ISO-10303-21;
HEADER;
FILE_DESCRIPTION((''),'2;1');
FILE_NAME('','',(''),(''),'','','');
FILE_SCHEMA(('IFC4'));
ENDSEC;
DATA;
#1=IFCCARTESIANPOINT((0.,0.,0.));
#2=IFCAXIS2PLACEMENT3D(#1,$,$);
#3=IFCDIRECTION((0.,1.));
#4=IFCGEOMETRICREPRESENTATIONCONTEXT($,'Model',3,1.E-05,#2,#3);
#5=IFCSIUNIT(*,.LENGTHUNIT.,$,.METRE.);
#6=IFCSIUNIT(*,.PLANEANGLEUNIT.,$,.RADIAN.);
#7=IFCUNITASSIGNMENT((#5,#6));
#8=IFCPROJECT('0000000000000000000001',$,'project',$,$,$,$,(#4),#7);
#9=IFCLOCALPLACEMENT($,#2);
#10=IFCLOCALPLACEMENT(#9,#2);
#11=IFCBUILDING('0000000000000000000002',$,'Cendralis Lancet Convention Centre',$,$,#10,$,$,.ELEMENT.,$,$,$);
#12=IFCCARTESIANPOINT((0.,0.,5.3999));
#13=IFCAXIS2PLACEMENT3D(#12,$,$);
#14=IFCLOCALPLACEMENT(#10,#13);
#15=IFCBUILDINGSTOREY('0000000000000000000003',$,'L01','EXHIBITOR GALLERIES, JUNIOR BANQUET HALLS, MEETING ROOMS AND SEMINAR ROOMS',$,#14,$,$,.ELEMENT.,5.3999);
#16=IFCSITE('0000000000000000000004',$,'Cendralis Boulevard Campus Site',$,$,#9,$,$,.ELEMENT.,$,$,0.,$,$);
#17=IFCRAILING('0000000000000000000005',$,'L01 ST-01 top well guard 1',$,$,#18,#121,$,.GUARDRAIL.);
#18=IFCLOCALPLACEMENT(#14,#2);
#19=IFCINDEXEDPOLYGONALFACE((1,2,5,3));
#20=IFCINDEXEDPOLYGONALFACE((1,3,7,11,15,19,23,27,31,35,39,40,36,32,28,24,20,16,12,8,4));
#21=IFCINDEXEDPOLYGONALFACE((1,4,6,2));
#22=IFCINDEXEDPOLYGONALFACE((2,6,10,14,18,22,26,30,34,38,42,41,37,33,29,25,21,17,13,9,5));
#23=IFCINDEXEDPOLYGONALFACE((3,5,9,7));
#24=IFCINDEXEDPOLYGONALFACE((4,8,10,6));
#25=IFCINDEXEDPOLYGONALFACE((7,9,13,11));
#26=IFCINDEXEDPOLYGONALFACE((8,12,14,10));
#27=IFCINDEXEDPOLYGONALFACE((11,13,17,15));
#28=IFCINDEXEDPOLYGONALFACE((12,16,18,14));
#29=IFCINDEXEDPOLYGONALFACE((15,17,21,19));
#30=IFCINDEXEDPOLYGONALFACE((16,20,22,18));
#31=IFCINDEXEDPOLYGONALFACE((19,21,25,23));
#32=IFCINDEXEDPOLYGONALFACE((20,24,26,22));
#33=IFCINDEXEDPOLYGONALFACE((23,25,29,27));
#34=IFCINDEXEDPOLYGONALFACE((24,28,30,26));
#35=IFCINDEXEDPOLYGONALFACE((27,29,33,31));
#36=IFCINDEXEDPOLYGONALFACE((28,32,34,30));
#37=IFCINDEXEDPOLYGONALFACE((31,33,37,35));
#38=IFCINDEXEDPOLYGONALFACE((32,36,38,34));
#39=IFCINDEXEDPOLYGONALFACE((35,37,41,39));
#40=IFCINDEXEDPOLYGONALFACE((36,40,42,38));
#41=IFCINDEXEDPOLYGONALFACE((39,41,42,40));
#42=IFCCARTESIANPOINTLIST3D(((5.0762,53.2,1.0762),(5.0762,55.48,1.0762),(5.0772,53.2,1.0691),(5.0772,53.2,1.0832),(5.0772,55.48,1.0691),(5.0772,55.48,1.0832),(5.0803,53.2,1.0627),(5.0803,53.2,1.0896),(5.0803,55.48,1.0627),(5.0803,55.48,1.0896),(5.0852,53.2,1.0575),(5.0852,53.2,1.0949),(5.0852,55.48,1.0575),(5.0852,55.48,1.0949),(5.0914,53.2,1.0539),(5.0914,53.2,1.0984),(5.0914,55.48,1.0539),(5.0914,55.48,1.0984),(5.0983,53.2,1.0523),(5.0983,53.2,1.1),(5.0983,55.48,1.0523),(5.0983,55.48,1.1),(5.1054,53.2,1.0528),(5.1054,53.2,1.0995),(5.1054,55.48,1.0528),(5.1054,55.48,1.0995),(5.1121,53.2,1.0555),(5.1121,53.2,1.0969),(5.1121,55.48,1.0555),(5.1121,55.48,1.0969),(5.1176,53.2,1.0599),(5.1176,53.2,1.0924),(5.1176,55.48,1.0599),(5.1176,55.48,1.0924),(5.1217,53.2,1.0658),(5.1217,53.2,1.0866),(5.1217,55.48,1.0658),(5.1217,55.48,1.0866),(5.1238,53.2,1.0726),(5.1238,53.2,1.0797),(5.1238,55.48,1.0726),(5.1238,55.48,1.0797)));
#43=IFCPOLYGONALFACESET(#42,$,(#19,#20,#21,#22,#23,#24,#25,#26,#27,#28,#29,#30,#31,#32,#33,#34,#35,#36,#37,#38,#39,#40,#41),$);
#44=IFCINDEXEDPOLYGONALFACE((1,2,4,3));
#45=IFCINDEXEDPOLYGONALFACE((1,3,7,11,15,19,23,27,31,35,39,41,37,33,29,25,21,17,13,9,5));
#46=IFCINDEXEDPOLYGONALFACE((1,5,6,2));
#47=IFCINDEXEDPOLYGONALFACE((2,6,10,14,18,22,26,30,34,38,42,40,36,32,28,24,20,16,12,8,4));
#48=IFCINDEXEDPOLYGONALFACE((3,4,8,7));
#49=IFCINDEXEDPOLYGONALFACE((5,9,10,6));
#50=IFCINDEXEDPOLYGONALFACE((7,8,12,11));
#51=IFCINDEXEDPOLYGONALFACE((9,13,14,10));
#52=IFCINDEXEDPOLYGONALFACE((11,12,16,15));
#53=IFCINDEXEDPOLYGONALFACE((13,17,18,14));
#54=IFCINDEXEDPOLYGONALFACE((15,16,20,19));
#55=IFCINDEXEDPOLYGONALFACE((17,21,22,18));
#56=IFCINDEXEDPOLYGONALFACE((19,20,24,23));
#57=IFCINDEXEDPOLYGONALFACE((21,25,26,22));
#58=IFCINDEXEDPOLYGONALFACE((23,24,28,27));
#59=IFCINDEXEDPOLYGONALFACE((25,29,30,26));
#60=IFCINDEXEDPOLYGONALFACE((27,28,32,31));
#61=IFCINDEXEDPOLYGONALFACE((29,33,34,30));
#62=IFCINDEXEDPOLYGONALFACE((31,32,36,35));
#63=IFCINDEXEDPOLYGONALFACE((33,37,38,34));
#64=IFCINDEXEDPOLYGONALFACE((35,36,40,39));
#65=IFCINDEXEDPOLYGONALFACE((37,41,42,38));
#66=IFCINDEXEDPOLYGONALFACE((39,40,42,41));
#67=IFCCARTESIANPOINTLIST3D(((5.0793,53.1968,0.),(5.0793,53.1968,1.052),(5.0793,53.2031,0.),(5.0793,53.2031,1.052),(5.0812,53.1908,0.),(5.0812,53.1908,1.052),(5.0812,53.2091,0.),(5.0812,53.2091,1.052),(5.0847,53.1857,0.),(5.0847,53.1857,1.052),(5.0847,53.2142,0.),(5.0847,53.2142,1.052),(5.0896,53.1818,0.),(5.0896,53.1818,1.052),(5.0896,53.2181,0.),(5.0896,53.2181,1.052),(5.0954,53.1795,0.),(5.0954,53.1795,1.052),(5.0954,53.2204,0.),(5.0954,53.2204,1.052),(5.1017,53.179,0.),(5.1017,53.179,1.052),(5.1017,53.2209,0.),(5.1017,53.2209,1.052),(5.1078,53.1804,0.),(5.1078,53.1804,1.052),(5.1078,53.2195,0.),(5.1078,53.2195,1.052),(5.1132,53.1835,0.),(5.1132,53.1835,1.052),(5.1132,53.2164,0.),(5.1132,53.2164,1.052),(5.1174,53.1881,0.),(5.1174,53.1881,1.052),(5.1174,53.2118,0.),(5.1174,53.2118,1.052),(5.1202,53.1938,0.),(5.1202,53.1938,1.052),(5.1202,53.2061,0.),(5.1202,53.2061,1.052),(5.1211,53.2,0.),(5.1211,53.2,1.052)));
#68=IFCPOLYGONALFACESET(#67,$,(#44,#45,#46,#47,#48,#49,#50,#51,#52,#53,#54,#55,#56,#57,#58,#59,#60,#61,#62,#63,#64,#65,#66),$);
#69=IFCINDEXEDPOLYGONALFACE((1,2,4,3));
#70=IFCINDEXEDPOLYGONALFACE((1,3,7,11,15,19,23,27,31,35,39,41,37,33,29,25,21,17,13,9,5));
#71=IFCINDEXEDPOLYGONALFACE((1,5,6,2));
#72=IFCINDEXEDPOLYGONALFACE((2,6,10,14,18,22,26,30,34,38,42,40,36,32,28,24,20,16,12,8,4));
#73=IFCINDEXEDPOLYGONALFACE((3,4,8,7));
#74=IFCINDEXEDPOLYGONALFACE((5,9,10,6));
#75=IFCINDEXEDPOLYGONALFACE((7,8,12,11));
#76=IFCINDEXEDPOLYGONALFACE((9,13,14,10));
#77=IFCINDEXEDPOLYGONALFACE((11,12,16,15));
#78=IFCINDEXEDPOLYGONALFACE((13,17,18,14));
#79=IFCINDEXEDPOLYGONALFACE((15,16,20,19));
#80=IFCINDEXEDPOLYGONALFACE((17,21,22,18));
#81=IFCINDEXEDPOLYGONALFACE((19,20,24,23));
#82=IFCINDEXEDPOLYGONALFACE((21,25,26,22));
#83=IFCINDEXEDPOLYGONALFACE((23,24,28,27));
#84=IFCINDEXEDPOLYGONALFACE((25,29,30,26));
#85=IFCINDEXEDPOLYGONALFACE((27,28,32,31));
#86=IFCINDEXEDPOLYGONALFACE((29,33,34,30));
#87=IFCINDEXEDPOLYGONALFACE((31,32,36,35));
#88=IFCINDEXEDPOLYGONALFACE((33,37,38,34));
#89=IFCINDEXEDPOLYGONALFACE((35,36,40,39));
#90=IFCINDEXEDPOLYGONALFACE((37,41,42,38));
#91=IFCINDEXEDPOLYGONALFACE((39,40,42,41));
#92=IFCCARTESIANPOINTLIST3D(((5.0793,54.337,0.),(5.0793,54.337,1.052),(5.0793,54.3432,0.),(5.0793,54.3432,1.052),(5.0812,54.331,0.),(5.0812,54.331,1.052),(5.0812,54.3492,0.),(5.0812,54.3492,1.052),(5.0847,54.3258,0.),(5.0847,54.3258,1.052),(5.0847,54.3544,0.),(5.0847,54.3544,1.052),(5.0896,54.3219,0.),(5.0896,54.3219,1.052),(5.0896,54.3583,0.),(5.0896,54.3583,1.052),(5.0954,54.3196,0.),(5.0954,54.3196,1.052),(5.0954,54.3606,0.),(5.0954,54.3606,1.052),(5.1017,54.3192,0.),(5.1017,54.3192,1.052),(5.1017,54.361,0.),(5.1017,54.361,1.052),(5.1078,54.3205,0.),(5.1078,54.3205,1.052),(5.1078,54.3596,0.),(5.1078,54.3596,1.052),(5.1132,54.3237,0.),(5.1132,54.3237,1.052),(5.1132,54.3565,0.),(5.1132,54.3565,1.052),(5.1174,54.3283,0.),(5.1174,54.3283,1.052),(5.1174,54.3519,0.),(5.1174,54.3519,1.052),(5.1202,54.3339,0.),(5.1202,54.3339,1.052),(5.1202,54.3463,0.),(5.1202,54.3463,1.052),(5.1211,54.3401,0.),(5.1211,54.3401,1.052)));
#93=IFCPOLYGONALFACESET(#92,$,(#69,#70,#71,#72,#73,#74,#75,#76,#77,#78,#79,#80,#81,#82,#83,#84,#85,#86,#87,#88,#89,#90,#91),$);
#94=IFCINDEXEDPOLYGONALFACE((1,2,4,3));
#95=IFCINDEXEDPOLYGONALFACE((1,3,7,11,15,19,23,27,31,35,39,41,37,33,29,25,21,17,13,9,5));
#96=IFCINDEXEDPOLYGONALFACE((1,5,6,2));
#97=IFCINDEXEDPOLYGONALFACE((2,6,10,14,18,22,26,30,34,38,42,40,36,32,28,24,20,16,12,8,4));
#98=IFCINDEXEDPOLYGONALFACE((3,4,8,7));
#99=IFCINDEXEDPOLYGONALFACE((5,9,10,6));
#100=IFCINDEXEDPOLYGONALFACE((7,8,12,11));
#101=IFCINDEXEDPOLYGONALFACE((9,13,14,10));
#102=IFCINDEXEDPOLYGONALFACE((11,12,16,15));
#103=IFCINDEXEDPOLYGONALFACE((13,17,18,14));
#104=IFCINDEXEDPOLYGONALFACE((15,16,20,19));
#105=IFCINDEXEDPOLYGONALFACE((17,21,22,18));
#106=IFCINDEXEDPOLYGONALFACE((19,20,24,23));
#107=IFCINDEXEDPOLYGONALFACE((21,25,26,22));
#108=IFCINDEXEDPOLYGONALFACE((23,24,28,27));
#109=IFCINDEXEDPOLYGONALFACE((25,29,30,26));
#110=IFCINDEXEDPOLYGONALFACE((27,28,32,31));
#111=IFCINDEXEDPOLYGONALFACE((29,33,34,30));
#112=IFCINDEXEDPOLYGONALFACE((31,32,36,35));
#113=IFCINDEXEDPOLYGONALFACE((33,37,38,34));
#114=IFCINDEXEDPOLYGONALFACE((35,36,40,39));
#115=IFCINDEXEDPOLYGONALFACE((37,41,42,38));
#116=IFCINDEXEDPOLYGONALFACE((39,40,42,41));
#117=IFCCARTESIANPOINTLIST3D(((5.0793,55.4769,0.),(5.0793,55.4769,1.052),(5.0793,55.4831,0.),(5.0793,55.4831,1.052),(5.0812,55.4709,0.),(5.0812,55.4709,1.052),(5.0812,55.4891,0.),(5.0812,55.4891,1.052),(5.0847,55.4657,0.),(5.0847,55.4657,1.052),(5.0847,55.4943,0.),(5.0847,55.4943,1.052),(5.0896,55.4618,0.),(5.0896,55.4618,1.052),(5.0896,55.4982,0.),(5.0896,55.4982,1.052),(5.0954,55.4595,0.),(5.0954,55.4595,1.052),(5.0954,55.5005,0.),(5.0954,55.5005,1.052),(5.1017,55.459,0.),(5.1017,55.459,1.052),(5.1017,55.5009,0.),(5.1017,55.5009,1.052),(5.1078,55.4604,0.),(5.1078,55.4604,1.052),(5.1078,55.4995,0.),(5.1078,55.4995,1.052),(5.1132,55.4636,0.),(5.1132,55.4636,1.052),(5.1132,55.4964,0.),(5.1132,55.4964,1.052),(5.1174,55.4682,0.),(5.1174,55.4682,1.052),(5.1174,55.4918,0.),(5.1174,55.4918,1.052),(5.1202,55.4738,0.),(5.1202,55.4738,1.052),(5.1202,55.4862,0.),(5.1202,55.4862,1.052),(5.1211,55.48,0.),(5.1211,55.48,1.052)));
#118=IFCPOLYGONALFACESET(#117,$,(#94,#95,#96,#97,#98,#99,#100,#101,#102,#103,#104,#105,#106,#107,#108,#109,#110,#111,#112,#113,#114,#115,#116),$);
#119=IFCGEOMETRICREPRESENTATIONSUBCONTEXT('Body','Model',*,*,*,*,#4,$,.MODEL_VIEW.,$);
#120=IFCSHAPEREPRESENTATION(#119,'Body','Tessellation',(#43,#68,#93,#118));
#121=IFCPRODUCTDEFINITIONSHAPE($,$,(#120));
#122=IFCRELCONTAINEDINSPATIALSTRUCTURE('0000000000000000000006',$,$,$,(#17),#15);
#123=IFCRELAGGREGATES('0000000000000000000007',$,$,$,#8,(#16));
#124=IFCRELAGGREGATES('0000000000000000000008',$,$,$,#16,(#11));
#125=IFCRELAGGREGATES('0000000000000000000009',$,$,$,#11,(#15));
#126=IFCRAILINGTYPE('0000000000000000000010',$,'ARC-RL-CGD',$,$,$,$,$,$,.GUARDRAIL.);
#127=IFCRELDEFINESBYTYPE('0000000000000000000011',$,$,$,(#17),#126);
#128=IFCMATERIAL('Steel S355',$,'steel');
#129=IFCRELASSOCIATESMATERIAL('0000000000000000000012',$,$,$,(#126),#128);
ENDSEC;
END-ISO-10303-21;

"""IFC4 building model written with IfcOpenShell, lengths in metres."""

from ifc_helpers import new_model, si_unit, direction, frame, origin, origin_2d, place, context, subcontext, project, spatial, circle, extrude, material, type_object, element, save


model = new_model("IFC4")

# Units and contexts
model_context = context("Model", 3, precision=1e-05, world=origin(), true_north=direction((0.0, 1.0)))
body_context = subcontext(model_context, "Body", "Model", "MODEL_VIEW")
ifc_project = project(units=[si_unit("LENGTHUNIT", "METRE"), si_unit("PLANEANGLEUNIT", "RADIAN")], contexts=[model_context])

# Site, building, storey
site_placement = place(None, origin())
site = spatial("IfcSite", under=ifc_project, at=site_placement, Name="Cendralis Boulevard Campus Site", CompositionType="ELEMENT", RefElevation=0.0)
building_placement = place(site_placement, origin())
building = spatial("IfcBuilding", under=site, at=building_placement, Name="Cendralis Lancet Convention Centre", CompositionType="ELEMENT")
storey_placement = place(building_placement, frame((0.0, 0.0, 5.3999)))
storey = spatial("IfcBuildingStorey", under=building, at=storey_placement, Name="L01", Description="EXHIBITOR GALLERIES, JUNIOR BANQUET HALLS, MEETING ROOMS AND SEMINAR ROOMS", CompositionType="ELEMENT", Elevation=5.3999)

# Shared definitions
ifc_material_1 = material(Name="Steel S355", Category="steel")

# Railing
railing_type = type_object("IfcRailingType", Name="ARC-RL-CGD", PredefinedType="GUARDRAIL", material=ifc_material_1)
railing_placement = place(storey_placement, frame((5.1001, 53.2, 0.0)))
element("IfcRailing", 1, at=railing_placement, inside=storey, type_object=railing_type, Name="L01 ST-01 top well guard 1", PredefinedType="GUARDRAIL", context=body_context, shape_type="SweptSolid", body=[
    extrude(circle(Radius=0.0239, at=origin_2d()), frame((0.0, 0.0, 1.0762), z_axis=(0.0, 1.0, 0.0), x_axis=(-1.0, 0.0, 0.0)), (0.0, 0.0, 1.0), 2.28),
    extrude(circle(Radius=0.021, at=origin_2d()), origin(), (0.0, 0.0, 1.0), 1.052),
    extrude(circle(Radius=0.021, at=origin_2d()), frame((0.0, 1.1401, 0.0)), (0.0, 0.0, 1.0), 1.052),
    extrude(circle(Radius=0.021, at=origin_2d()), frame((0.0, 2.28, 0.0)), (0.0, 0.0, 1.0), 1.052),
])

save(model, "model.ifc")
